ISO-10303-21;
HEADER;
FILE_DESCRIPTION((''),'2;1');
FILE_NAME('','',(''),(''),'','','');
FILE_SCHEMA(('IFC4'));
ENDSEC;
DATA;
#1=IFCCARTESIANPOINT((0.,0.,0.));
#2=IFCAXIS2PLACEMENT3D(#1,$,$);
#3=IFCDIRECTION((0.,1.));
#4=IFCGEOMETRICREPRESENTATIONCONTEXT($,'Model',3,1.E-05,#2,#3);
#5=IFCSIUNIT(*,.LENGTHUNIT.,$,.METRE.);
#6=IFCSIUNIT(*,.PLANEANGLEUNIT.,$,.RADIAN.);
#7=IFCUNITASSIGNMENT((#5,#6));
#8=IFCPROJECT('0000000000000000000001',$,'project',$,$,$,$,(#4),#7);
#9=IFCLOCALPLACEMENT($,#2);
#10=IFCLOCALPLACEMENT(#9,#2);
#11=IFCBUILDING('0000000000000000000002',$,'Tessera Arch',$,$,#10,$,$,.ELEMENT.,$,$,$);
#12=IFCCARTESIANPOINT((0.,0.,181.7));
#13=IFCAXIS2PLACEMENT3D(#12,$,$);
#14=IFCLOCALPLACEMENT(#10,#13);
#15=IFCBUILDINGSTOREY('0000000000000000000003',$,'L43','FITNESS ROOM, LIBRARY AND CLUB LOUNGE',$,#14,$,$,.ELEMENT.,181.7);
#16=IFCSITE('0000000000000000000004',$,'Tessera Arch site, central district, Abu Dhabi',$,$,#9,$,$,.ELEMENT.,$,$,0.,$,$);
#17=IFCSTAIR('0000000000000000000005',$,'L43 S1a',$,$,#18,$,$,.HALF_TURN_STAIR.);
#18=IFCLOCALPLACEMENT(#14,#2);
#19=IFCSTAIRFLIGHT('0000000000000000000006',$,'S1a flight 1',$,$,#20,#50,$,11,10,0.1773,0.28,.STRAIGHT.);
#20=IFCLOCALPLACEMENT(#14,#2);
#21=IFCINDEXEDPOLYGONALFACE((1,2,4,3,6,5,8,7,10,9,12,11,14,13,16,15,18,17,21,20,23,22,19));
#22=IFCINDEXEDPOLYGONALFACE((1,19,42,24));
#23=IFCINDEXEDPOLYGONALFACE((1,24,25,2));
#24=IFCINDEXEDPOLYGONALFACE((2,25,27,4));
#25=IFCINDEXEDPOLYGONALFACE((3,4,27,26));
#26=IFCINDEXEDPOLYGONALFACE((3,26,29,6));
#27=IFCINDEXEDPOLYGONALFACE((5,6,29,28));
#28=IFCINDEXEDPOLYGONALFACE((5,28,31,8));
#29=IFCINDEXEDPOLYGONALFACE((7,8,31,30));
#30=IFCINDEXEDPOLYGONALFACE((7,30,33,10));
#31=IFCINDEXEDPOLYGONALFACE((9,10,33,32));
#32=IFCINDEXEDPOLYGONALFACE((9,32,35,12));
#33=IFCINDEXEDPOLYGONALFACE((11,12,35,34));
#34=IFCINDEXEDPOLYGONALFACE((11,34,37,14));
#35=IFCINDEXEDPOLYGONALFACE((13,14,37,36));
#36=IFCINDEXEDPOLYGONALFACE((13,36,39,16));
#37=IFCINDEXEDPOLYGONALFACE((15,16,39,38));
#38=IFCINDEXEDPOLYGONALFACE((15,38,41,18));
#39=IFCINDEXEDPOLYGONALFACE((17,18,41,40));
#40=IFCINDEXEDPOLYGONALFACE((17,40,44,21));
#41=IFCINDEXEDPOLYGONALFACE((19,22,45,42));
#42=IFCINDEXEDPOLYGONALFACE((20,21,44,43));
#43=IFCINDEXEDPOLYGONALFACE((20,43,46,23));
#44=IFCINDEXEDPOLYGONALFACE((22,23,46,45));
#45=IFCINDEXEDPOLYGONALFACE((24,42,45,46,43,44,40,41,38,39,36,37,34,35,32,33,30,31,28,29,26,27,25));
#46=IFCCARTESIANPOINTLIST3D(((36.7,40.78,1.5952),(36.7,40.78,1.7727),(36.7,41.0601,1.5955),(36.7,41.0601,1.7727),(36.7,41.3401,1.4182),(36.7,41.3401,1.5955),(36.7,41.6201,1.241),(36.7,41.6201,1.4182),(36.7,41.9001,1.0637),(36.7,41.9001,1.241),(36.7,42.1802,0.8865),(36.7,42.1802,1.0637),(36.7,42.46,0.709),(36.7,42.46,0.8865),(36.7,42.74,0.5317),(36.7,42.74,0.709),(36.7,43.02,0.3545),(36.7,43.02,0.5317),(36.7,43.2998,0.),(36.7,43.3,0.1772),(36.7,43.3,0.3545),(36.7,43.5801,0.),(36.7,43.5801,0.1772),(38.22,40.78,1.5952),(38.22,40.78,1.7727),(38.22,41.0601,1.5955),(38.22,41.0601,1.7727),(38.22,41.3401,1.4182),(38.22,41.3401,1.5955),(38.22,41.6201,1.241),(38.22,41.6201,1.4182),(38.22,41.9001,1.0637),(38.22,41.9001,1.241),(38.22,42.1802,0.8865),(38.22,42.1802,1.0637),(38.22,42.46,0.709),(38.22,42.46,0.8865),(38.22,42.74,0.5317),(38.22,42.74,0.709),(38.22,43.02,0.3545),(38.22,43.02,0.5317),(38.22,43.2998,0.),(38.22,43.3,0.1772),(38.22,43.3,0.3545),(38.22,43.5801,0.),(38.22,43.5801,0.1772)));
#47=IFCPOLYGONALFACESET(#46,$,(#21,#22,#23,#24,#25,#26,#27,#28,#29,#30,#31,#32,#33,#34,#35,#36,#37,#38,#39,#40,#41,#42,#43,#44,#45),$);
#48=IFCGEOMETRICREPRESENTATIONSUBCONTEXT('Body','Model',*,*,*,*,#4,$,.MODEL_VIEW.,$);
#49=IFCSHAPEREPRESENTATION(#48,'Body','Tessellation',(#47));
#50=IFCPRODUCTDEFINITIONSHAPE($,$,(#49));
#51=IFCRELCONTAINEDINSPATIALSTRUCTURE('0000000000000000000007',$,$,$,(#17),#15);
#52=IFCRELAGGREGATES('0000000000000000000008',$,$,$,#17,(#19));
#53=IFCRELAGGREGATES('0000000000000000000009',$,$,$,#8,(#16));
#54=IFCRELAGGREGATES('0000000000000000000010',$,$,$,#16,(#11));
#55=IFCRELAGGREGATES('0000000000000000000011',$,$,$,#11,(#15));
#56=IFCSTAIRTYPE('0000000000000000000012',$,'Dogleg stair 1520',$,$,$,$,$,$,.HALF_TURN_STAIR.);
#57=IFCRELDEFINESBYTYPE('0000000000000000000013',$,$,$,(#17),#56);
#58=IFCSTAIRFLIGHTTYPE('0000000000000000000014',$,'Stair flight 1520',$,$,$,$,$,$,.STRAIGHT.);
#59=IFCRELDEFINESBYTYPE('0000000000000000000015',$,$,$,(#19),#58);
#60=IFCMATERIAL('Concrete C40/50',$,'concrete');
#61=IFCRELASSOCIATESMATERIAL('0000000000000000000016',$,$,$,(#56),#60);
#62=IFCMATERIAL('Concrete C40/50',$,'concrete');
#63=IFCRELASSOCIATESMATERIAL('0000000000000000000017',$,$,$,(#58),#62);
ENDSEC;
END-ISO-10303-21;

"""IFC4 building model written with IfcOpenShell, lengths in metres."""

from ifc_helpers import new_model, si_unit, direction, frame, origin, place, context, subcontext, project, spatial, polyline, outline, extrude, material, type_object, element, aggregate, save


model = new_model("IFC4")

# Units and contexts
model_context = context("Model", 3, precision=1e-05, world=origin(), true_north=direction((0.0, 1.0)))
body_context = subcontext(model_context, "Body", "Model", "MODEL_VIEW")
ifc_project = project(units=[si_unit("LENGTHUNIT", "METRE"), si_unit("PLANEANGLEUNIT", "RADIAN")], contexts=[model_context])

# Site, building, storey
site_placement = place(None, origin())
site = spatial("IfcSite", under=ifc_project, at=site_placement, Name="Tessera Arch site, central district, Abu Dhabi", CompositionType="ELEMENT", RefElevation=0.0)
building_placement = place(site_placement, origin())
building = spatial("IfcBuilding", under=site, at=building_placement, Name="Tessera Arch", CompositionType="ELEMENT")
storey_placement = place(building_placement, frame((0.0, 0.0, 181.7)))
storey = spatial("IfcBuildingStorey", under=building, at=storey_placement, Name="L43", Description="FITNESS ROOM, LIBRARY AND CLUB LOUNGE", CompositionType="ELEMENT", Elevation=181.7)

# Stair, stair flight
ifc_material_1 = material(Name="Concrete C40/50", Category="concrete")
stair_type = type_object("IfcStairType", Name="Dogleg stair 1520", PredefinedType="HALF_TURN_STAIR", material=ifc_material_1)
stair_placement = place(storey_placement, origin())
stair = element("IfcStair", 1, at=stair_placement, inside=storey, type_object=stair_type, Name="L43 S1a", PredefinedType="HALF_TURN_STAIR")
ifc_material_2 = material(Name="Concrete C40/50", Category="concrete")
stair_flight_type = type_object("IfcStairFlightType", Name="Stair flight 1520", PredefinedType="STRAIGHT", material=ifc_material_2)
stair_flight_placement = place(storey_placement, frame((37.46, 43.5801, 0.0), z_axis=(0.0, 0.0, 1.0), x_axis=(0.0, -1.0, 0.0)))
stair_flight = element("IfcStairFlight", 2, at=stair_flight_placement, type_object=stair_flight_type, Name="S1a flight 1", NumberOfRisers=11, NumberOfTreads=10, PredefinedType="STRAIGHT", RiserHeight=0.1773, TreadLength=0.28, context=body_context, shape_type="SweptSolid", body=[
    extrude(outline(polyline([(0.0, 0.0), (0.0, 0.1772), (0.28, 0.1772), (0.28, 0.3545), (0.5601, 0.3545), (0.5601, 0.5317), (0.8401, 0.5317), (0.8401, 0.709), (1.1201, 0.709), (1.1201, 0.8865), (1.3999, 0.8865), (1.3999, 1.0637), (1.6799, 1.0637), (1.6799, 1.241), (1.96, 1.241), (1.96, 1.4182), (2.24, 1.4182), (2.24, 1.5955), (2.52, 1.5955), (2.52, 1.7727), (2.8, 1.7727), (2.8, 1.95), (2.8, 1.5952), (0.2803, 0.0), (0.0, 0.0)])), frame((0.0, 0.76, 0.0), z_axis=(0.0, -1.0, 0.0), x_axis=(1.0, 0.0, 0.0)), (0.0, 0.0, 1.0), 1.52),
])
aggregate(stair, [stair_flight])

save(model, "model.ifc")
